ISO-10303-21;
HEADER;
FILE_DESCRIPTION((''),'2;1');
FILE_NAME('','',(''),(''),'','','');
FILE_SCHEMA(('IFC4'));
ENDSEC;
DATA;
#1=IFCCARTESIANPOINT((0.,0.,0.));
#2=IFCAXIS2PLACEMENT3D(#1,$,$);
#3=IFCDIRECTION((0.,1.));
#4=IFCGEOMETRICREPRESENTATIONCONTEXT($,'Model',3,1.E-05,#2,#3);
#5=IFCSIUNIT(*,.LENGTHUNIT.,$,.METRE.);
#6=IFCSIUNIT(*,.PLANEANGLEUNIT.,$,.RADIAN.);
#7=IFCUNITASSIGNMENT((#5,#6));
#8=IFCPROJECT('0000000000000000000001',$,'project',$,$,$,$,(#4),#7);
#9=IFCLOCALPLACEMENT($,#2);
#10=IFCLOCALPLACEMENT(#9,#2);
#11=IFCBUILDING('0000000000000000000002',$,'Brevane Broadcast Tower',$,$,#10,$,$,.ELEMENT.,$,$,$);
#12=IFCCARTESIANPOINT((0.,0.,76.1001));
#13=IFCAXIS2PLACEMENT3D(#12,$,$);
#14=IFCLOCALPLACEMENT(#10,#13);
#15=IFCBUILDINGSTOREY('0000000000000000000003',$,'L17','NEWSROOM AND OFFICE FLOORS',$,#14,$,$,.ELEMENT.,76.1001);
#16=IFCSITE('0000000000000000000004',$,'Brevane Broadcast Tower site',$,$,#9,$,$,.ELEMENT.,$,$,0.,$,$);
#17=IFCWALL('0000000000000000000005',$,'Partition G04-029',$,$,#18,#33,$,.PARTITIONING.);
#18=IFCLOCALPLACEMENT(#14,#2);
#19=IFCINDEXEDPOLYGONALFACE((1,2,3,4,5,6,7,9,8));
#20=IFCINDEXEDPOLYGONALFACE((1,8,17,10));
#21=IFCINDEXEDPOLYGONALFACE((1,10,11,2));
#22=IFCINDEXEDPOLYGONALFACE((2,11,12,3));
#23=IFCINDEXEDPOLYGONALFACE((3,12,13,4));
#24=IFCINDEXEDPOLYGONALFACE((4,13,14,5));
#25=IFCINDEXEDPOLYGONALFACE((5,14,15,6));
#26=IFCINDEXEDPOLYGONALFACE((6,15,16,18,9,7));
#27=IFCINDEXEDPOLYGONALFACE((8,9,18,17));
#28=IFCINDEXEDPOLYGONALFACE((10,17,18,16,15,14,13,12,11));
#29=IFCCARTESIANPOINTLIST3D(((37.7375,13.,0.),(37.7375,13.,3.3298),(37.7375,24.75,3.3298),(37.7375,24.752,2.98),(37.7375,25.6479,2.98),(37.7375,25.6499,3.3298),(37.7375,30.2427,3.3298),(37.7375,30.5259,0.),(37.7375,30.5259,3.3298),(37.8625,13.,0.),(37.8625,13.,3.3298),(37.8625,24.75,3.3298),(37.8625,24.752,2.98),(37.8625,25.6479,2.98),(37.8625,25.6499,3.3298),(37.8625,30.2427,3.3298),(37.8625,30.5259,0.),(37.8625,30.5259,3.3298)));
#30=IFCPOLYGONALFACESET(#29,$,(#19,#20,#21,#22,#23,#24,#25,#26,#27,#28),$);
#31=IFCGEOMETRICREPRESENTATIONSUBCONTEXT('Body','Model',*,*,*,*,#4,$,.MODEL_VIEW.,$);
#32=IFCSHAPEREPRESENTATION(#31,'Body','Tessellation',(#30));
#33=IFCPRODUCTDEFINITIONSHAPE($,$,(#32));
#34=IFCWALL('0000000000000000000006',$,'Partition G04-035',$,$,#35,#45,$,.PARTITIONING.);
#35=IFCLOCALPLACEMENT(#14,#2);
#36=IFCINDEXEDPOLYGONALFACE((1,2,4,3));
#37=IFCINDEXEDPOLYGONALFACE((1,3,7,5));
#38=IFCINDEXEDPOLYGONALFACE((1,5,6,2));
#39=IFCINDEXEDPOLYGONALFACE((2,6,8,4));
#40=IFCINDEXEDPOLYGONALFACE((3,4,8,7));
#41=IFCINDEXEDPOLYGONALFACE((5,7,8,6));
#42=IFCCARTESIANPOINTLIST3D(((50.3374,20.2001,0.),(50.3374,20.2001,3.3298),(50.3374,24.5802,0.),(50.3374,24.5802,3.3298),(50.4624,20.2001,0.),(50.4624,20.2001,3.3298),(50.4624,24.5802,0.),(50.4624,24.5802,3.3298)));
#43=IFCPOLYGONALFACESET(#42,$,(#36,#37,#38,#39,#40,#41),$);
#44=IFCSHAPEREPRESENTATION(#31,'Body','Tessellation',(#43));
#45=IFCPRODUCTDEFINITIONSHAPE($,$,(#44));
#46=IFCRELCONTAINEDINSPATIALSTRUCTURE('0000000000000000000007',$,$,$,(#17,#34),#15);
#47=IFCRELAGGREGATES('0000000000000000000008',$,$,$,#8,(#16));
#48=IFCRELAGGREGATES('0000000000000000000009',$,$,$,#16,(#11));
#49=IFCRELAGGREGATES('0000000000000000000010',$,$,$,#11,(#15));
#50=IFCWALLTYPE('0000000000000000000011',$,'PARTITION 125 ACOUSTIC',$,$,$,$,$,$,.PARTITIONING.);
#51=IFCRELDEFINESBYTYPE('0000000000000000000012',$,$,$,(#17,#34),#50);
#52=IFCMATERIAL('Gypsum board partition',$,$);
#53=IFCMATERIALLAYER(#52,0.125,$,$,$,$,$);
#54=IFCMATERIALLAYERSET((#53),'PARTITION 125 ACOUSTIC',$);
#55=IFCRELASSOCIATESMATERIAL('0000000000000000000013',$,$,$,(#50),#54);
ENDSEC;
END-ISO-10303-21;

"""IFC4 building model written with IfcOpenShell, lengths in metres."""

from ifc_helpers import new_model, si_unit, direction, frame, frame_2d, origin, place, context, subcontext, project, spatial, polyline, rectangle, outline, extrude, material, layer, layer_set, type_object, element, save


model = new_model("IFC4")

# Units and contexts
model_context = context("Model", 3, precision=1e-05, world=origin(), true_north=direction((0.0, 1.0)))
body_context = subcontext(model_context, "Body", "Model", "MODEL_VIEW")
ifc_project = project(units=[si_unit("LENGTHUNIT", "METRE"), si_unit("PLANEANGLEUNIT", "RADIAN")], contexts=[model_context])

# Site, building, storey
site_placement = place(None, origin())
site = spatial("IfcSite", under=ifc_project, at=site_placement, Name="Brevane Broadcast Tower site", CompositionType="ELEMENT", RefElevation=0.0)
building_placement = place(site_placement, origin())
building = spatial("IfcBuilding", under=site, at=building_placement, Name="Brevane Broadcast Tower", CompositionType="ELEMENT")
storey_placement = place(building_placement, frame((0.0, 0.0, 76.1001)))
storey = spatial("IfcBuildingStorey", under=building, at=storey_placement, Name="L17", Description="NEWSROOM AND OFFICE FLOORS", CompositionType="ELEMENT", Elevation=76.1001)

# Shared definitions
ifc_material_1 = material(Name="Gypsum board partition")

# Walls
ifc_layer_1 = layer(ifc_material_1, 0.125)
ifc_layer_set_1 = layer_set([ifc_layer_1], Name="PARTITION 125 ACOUSTIC")
wall_type_1 = type_object("IfcWallType", Name="PARTITION 125 ACOUSTIC", PredefinedType="PARTITIONING", material=ifc_layer_set_1)
wall_1_placement = place(storey_placement, frame((37.8, 30.5259, 0.0), z_axis=(0.0, 0.0, 1.0), x_axis=(0.0, -1.0, 0.0)))
element("IfcWall", 1, at=wall_1_placement, inside=storey, type_object=wall_type_1, Name="Partition G04-029", PredefinedType="PARTITIONING", context=body_context, shape_type="SweptSolid", body=[
    extrude(outline(polyline([(0.0, 0.0), (17.5259, 0.0), (17.5259, 3.3298), (5.7759, 3.3298), (5.7739, 2.98), (4.8779, 2.98), (4.876, 3.3298), (0.2832, 3.3298), (0.0, 3.3298), (0.0, 0.0)])), frame((0.0, 0.0625, 0.0), z_axis=(0.0, -1.0, 0.0), x_axis=(1.0, 0.0, 0.0)), (0.0, 0.0, 1.0), 0.125),
])
wall_2_placement = place(storey_placement, frame((50.3999, 24.5801, 0.0), z_axis=(0.0, 0.0, 1.0), x_axis=(0.0, -1.0, 0.0)))
element("IfcWall", 2, at=wall_2_placement, inside=storey, type_object=wall_type_1, Name="Partition G04-035", PredefinedType="PARTITIONING", context=body_context, shape_type="SweptSolid", body=[
    extrude(rectangle(XDim=4.3801, YDim=0.125, at=frame_2d((2.1899, 0.0))), origin(), (0.0, 0.0, 1.0), 3.3298),
])

save(model, "model.ifc")
